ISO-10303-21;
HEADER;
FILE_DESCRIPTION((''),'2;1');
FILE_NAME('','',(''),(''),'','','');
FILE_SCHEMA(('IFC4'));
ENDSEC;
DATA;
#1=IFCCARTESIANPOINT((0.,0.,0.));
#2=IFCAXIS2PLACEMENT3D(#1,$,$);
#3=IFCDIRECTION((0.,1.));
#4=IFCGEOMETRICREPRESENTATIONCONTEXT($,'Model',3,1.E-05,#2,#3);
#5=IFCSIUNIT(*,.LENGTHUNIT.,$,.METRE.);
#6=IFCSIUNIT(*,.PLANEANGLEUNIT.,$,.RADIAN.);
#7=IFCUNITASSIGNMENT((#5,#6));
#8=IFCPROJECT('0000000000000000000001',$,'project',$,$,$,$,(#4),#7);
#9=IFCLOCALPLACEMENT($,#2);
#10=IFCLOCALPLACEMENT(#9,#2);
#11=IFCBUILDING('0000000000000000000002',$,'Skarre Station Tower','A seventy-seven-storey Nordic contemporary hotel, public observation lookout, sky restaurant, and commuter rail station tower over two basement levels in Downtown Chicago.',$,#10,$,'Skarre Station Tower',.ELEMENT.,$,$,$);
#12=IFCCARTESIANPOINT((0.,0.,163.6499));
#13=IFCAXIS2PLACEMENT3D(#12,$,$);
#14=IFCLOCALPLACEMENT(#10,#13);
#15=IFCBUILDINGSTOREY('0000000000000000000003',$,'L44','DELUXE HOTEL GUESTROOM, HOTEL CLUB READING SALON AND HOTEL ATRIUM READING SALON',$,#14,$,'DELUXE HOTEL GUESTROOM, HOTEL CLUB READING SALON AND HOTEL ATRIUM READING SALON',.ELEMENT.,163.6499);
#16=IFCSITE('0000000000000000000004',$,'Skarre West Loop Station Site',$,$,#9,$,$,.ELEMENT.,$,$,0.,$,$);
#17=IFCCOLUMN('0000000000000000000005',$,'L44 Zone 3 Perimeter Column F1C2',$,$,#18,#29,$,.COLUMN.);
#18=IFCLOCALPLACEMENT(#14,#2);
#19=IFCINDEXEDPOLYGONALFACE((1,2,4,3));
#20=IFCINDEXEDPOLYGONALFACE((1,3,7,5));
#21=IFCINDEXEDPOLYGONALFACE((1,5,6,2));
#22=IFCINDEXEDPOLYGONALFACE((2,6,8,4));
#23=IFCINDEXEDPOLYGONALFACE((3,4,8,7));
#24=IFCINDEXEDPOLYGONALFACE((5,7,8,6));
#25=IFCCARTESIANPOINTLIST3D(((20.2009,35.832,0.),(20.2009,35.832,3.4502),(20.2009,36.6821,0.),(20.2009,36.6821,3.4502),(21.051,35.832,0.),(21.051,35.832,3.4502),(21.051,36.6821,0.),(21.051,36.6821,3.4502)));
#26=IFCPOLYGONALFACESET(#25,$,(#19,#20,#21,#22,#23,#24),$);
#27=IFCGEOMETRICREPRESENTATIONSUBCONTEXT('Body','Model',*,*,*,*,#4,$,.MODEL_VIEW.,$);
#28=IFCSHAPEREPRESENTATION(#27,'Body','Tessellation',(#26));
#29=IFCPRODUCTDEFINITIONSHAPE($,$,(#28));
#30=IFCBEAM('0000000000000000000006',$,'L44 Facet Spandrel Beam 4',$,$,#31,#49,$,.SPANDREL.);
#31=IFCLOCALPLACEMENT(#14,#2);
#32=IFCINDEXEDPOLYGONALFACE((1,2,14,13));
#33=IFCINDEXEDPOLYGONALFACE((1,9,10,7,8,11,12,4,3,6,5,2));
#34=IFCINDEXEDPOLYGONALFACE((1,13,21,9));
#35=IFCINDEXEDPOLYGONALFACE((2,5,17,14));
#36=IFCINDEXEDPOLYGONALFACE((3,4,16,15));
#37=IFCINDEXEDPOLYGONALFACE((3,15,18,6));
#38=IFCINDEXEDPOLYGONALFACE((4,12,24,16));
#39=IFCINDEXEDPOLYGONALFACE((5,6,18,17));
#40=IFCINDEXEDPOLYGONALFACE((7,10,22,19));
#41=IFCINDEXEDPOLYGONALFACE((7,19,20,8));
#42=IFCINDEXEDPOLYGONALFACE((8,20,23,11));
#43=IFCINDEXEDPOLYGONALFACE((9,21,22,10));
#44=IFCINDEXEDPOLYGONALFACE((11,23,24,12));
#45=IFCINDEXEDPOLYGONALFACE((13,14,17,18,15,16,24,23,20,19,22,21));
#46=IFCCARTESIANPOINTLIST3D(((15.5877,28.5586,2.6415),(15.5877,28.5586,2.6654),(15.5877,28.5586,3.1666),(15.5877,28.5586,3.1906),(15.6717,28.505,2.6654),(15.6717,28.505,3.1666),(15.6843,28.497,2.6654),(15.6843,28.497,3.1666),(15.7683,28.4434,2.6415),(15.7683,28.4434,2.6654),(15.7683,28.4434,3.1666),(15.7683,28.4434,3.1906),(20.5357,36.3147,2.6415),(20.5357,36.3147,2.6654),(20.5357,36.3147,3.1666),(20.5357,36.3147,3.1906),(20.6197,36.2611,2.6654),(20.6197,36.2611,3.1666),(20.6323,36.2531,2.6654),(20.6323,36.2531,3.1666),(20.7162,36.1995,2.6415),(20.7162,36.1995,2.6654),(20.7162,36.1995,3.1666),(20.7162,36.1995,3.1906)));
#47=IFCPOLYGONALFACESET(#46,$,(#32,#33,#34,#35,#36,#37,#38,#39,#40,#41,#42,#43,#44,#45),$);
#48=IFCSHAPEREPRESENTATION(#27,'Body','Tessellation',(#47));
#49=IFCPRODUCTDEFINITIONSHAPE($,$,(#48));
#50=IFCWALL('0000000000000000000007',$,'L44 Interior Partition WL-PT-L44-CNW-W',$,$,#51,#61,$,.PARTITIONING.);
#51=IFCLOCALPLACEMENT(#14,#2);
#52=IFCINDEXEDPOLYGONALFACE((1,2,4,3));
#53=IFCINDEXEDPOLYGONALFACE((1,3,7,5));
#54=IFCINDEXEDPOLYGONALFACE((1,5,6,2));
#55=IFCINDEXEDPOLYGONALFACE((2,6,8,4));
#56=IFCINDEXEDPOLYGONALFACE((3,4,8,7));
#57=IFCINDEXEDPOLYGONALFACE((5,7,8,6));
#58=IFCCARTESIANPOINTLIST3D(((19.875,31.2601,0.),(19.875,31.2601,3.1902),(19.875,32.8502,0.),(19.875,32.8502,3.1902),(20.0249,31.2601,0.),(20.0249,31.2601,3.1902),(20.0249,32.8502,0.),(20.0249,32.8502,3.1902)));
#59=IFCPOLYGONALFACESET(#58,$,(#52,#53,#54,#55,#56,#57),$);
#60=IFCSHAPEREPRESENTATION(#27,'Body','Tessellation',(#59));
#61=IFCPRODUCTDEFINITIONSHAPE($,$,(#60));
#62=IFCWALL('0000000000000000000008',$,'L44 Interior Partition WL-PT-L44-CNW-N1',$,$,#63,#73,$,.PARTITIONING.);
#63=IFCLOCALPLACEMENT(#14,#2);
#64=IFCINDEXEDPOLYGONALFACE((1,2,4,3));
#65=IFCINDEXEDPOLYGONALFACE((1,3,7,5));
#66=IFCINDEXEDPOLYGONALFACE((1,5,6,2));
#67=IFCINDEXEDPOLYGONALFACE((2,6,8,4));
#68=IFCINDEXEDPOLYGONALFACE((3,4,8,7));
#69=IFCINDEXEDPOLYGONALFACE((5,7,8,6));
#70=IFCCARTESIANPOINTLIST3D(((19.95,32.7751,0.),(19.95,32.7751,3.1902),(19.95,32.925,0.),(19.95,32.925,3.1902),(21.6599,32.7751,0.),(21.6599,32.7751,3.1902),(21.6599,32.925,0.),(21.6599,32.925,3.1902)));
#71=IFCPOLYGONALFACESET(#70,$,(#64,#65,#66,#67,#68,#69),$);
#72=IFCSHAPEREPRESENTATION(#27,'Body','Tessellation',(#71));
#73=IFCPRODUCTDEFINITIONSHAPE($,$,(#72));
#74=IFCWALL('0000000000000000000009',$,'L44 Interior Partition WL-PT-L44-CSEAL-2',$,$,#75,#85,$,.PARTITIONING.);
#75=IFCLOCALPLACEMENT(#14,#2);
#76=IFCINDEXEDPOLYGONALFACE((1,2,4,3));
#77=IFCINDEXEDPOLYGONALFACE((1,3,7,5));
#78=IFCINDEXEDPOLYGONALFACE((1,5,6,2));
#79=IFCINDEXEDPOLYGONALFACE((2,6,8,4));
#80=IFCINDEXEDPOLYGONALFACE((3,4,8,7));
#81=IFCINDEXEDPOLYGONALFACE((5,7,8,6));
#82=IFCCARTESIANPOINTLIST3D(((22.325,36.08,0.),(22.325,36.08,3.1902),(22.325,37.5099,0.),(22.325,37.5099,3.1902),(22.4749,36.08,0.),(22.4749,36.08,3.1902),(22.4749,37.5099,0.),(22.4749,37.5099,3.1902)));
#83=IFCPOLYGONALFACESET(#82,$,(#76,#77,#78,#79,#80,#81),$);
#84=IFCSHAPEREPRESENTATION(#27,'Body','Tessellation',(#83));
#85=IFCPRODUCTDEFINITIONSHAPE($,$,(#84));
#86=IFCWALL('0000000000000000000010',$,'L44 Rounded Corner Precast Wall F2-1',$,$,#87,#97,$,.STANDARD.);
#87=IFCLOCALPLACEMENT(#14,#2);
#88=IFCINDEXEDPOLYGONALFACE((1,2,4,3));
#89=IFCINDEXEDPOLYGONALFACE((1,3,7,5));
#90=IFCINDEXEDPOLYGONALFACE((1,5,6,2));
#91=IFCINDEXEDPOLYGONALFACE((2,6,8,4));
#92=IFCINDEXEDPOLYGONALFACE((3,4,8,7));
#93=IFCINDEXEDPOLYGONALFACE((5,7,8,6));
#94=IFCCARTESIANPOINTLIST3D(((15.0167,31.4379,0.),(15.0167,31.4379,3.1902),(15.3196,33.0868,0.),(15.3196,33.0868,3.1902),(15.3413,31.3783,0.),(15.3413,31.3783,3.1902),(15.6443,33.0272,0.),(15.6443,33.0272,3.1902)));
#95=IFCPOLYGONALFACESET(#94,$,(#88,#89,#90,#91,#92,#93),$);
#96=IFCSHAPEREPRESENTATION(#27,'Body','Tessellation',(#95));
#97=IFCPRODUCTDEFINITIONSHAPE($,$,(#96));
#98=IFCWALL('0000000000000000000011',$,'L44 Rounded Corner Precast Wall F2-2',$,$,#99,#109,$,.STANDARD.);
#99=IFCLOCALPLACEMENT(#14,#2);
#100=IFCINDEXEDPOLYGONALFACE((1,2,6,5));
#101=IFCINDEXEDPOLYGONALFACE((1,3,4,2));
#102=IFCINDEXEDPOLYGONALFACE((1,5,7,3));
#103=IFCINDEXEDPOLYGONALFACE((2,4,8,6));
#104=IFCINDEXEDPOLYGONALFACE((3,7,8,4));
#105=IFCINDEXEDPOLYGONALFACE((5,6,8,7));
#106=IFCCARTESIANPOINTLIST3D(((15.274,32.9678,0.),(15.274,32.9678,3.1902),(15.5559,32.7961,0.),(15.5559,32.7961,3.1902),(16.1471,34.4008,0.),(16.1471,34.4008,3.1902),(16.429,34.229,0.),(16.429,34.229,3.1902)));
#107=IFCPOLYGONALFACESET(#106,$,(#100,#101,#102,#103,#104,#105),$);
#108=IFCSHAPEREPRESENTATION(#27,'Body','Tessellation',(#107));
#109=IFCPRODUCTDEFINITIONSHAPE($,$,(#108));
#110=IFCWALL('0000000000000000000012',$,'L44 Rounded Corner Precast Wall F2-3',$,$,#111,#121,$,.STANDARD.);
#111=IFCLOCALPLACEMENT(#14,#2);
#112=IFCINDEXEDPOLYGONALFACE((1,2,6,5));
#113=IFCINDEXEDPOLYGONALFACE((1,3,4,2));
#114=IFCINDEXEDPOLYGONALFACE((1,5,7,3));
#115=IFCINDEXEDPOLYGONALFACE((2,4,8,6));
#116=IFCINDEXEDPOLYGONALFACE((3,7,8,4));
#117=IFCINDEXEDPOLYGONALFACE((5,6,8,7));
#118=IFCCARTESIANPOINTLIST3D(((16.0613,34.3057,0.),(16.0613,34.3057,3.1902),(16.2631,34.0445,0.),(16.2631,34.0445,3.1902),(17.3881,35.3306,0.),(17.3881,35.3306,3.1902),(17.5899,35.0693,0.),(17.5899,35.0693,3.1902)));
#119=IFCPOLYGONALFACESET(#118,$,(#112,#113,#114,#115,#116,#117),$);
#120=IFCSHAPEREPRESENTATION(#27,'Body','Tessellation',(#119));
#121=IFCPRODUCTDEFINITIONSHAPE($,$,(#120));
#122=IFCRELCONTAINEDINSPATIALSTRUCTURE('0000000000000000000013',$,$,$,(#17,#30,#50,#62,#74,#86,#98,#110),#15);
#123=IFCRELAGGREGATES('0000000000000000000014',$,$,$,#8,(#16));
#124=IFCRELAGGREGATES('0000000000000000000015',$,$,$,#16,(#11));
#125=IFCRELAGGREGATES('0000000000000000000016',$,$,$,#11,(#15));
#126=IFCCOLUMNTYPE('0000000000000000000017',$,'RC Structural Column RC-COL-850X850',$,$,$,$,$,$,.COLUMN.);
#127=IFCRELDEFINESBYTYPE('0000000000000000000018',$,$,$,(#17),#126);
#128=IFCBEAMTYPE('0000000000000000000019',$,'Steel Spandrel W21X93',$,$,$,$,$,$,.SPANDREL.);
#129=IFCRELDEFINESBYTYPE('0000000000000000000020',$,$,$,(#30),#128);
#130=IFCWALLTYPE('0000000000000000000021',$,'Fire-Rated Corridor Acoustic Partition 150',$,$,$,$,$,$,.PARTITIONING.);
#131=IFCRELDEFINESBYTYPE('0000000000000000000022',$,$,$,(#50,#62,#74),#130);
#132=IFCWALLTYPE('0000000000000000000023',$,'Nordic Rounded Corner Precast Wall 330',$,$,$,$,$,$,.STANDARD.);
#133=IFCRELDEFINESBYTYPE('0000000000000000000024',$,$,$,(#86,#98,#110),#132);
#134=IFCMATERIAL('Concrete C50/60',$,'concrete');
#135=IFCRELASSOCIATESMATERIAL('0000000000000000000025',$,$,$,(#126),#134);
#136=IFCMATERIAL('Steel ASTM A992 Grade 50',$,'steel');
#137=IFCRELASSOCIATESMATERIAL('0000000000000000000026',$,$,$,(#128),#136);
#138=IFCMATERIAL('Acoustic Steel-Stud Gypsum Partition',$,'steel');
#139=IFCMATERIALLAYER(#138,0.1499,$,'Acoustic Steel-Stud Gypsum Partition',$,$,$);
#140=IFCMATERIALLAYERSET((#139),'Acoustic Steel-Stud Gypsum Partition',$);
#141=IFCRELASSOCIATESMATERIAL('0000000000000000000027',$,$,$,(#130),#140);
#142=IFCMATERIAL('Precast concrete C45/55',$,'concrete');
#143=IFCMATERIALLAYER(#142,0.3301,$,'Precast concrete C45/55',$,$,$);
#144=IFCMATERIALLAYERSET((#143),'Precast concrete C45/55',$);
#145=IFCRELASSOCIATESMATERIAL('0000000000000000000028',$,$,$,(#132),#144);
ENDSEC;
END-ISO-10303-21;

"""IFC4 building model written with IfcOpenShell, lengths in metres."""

from ifc_helpers import new_model, si_unit, direction, frame, frame_2d, origin, origin_2d, place, context, subcontext, project, spatial, rectangle, i_section, extrude, material, layer, layer_set, material_profile, profile_set, type_object, element, save


model = new_model("IFC4")

# Units and contexts
model_context = context("Model", 3, precision=1e-05, world=origin(), true_north=direction((0.0, 1.0)))
body_context = subcontext(model_context, "Body", "Model", "MODEL_VIEW")
ifc_project = project(units=[si_unit("LENGTHUNIT", "METRE"), si_unit("PLANEANGLEUNIT", "RADIAN")], contexts=[model_context])

# Site, building, storey
site_placement = place(None, origin())
site = spatial("IfcSite", under=ifc_project, at=site_placement, Name="Skarre West Loop Station Site", CompositionType="ELEMENT", RefElevation=0.0)
building_placement = place(site_placement, origin())
building = spatial("IfcBuilding", under=site, at=building_placement, Name="Skarre Station Tower", Description="A seventy-seven-storey Nordic contemporary hotel, public observation lookout, sky restaurant, and commuter rail station tower over two basement levels in Downtown Chicago.", LongName="Skarre Station Tower", CompositionType="ELEMENT")
storey_placement = place(building_placement, frame((0.0, 0.0, 163.6499)))
storey = spatial("IfcBuildingStorey", under=building, at=storey_placement, Name="L44", Description="DELUXE HOTEL GUESTROOM, HOTEL CLUB READING SALON AND HOTEL ATRIUM READING SALON", LongName="DELUXE HOTEL GUESTROOM, HOTEL CLUB READING SALON AND HOTEL ATRIUM READING SALON", CompositionType="ELEMENT", Elevation=163.6499)

# Column
ifc_material_1 = material(Name="Concrete C50/60", Category="concrete")
ifc_material_profile_1 = material_profile(ifc_material_1, rectangle(XDim=0.8501, YDim=0.8501, at=origin_2d()), Name="Concrete C50/60")
ifc_profile_set_1 = profile_set([ifc_material_profile_1], Name="Concrete C50/60")
column_type = type_object("IfcColumnType", Name="RC Structural Column RC-COL-850X850", PredefinedType="COLUMN", material=ifc_profile_set_1)
column_placement = place(storey_placement, frame((20.626, 36.2571, 0.0), z_axis=(0.0, 0.0, 1.0), x_axis=(1.0, 0.0, 0.0)))
element("IfcColumn", 1, at=column_placement, inside=storey, type_object=column_type, Name="L44 Zone 3 Perimeter Column F1C2", PredefinedType="COLUMN", context=body_context, shape_type="SweptSolid", body=[
    extrude(rectangle(XDim=0.8501, YDim=0.8501, at=origin_2d()), origin(), (0.0, 0.0, 1.0), 3.4502),
])

# Beam
ifc_material_2 = material(Name="Steel ASTM A992 Grade 50", Category="steel")
ifc_material_profile_2 = material_profile(ifc_material_2, i_section(OverallWidth=0.2141, OverallDepth=0.5491, WebThickness=0.0149, FlangeThickness=0.0239, at=origin_2d()), Name="Steel ASTM A992 Grade 50")
ifc_profile_set_2 = profile_set([ifc_material_profile_2], Name="Steel ASTM A992 Grade 50")
beam_type = type_object("IfcBeamType", Name="Steel Spandrel W21X93", PredefinedType="SPANDREL", material=ifc_profile_set_2)
beam_placement = place(storey_placement, frame((20.626, 36.2571, 2.916), z_axis=(-0.537826, -0.843056, 0.0), x_axis=(0.843056, -0.537826, 0.0)))
element("IfcBeam", 2, at=beam_placement, inside=storey, type_object=beam_type, Name="L44 Facet Spandrel Beam 4", PredefinedType="SPANDREL", context=body_context, shape_type="SweptSolid", body=[
    extrude(i_section(OverallWidth=0.2141, OverallDepth=0.5491, WebThickness=0.0149, FlangeThickness=0.0239, at=origin_2d()), origin(), (0.0, 0.0, 1.0), 9.2),
])

# Walls
ifc_material_3 = material(Name="Acoustic Steel-Stud Gypsum Partition", Category="steel")
ifc_layer_1 = layer(ifc_material_3, 0.1499, Name="Acoustic Steel-Stud Gypsum Partition")
ifc_layer_set_1 = layer_set([ifc_layer_1], Name="Acoustic Steel-Stud Gypsum Partition")
wall_type_1 = type_object("IfcWallType", Name="Fire-Rated Corridor Acoustic Partition 150", PredefinedType="PARTITIONING", material=ifc_layer_set_1)
wall_1_placement = place(storey_placement, frame((19.95, 32.8501, 0.0), z_axis=(0.0, 0.0, 1.0), x_axis=(0.0, -1.0, 0.0)))
element("IfcWall", 3, at=wall_1_placement, inside=storey, type_object=wall_type_1, Name="L44 Interior Partition WL-PT-L44-CNW-W", PredefinedType="PARTITIONING", context=body_context, shape_type="SweptSolid", body=[
    extrude(rectangle(XDim=1.5901, YDim=0.1499, at=frame_2d((0.7949, 0.0))), origin(), (0.0, 0.0, 1.0), 3.1902),
])
wall_2_placement = place(storey_placement, frame((21.6599, 32.8501, 0.0), z_axis=(0.0, 0.0, 1.0), x_axis=(-1.0, 0.0, 0.0)))
element("IfcWall", 4, at=wall_2_placement, inside=storey, type_object=wall_type_1, Name="L44 Interior Partition WL-PT-L44-CNW-N1", PredefinedType="PARTITIONING", context=body_context, shape_type="SweptSolid", body=[
    extrude(rectangle(XDim=1.71, YDim=0.1499, at=frame_2d((0.855, 0.0))), origin(), (0.0, 0.0, 1.0), 3.1902),
])
wall_3_placement = place(storey_placement, frame((22.3999, 36.0801, 0.0), z_axis=(0.0, 0.0, 1.0), x_axis=(0.0, 1.0, 0.0)))
element("IfcWall", 5, at=wall_3_placement, inside=storey, type_object=wall_type_1, Name="L44 Interior Partition WL-PT-L44-CSEAL-2", PredefinedType="PARTITIONING", context=body_context, shape_type="SweptSolid", body=[
    extrude(rectangle(XDim=1.4299, YDim=0.1499, at=frame_2d((0.7148, 0.0))), origin(), (0.0, 0.0, 1.0), 3.1902),
])
ifc_material_4 = material(Name="Precast concrete C45/55", Category="concrete")
ifc_layer_2 = layer(ifc_material_4, 0.3301, Name="Precast concrete C45/55")
ifc_layer_set_2 = layer_set([ifc_layer_2], Name="Precast concrete C45/55")
wall_type_2 = type_object("IfcWallType", Name="Nordic Rounded Corner Precast Wall 330", PredefinedType="STANDARD", material=ifc_layer_set_2)
wall_4_placement = place(storey_placement, frame((15.179, 31.408, 0.0), z_axis=(0.0, 0.0, 1.0), x_axis=(0.180718, 0.983535, 0.0)))
element("IfcWall", 6, at=wall_4_placement, inside=storey, type_object=wall_type_2, Name="L44 Rounded Corner Precast Wall F2-1", PredefinedType="STANDARD", context=body_context, shape_type="SweptSolid", body=[
    extrude(rectangle(XDim=1.6765, YDim=0.3301, at=frame_2d((0.8384, 0.0))), origin(), (0.0, 0.0, 1.0), 3.1902),
])
wall_5_placement = place(storey_placement, frame((15.415, 32.8821, 0.0), z_axis=(0.0, 0.0, 1.0), x_axis=(0.520325, 0.853968, 0.0)))
element("IfcWall", 7, at=wall_5_placement, inside=storey, type_object=wall_type_2, Name="L44 Rounded Corner Precast Wall F2-2", PredefinedType="STANDARD", context=body_context, shape_type="SweptSolid", body=[
    extrude(rectangle(XDim=1.678, YDim=0.3301, at=frame_2d((0.8389, 0.0))), origin(), (0.0, 0.0, 1.0), 3.1902),
])
wall_6_placement = place(storey_placement, frame((16.1621, 34.175, 0.0), z_axis=(0.0, 0.0, 1.0), x_axis=(0.79141, 0.611286, 0.0)))
element("IfcWall", 8, at=wall_6_placement, inside=storey, type_object=wall_type_2, Name="L44 Rounded Corner Precast Wall F2-3", PredefinedType="STANDARD", context=body_context, shape_type="SweptSolid", body=[
    extrude(rectangle(XDim=1.6765, YDim=0.3301, at=frame_2d((0.8384, 0.0))), origin(), (0.0, 0.0, 1.0), 3.1902),
])

save(model, "model.ifc")
